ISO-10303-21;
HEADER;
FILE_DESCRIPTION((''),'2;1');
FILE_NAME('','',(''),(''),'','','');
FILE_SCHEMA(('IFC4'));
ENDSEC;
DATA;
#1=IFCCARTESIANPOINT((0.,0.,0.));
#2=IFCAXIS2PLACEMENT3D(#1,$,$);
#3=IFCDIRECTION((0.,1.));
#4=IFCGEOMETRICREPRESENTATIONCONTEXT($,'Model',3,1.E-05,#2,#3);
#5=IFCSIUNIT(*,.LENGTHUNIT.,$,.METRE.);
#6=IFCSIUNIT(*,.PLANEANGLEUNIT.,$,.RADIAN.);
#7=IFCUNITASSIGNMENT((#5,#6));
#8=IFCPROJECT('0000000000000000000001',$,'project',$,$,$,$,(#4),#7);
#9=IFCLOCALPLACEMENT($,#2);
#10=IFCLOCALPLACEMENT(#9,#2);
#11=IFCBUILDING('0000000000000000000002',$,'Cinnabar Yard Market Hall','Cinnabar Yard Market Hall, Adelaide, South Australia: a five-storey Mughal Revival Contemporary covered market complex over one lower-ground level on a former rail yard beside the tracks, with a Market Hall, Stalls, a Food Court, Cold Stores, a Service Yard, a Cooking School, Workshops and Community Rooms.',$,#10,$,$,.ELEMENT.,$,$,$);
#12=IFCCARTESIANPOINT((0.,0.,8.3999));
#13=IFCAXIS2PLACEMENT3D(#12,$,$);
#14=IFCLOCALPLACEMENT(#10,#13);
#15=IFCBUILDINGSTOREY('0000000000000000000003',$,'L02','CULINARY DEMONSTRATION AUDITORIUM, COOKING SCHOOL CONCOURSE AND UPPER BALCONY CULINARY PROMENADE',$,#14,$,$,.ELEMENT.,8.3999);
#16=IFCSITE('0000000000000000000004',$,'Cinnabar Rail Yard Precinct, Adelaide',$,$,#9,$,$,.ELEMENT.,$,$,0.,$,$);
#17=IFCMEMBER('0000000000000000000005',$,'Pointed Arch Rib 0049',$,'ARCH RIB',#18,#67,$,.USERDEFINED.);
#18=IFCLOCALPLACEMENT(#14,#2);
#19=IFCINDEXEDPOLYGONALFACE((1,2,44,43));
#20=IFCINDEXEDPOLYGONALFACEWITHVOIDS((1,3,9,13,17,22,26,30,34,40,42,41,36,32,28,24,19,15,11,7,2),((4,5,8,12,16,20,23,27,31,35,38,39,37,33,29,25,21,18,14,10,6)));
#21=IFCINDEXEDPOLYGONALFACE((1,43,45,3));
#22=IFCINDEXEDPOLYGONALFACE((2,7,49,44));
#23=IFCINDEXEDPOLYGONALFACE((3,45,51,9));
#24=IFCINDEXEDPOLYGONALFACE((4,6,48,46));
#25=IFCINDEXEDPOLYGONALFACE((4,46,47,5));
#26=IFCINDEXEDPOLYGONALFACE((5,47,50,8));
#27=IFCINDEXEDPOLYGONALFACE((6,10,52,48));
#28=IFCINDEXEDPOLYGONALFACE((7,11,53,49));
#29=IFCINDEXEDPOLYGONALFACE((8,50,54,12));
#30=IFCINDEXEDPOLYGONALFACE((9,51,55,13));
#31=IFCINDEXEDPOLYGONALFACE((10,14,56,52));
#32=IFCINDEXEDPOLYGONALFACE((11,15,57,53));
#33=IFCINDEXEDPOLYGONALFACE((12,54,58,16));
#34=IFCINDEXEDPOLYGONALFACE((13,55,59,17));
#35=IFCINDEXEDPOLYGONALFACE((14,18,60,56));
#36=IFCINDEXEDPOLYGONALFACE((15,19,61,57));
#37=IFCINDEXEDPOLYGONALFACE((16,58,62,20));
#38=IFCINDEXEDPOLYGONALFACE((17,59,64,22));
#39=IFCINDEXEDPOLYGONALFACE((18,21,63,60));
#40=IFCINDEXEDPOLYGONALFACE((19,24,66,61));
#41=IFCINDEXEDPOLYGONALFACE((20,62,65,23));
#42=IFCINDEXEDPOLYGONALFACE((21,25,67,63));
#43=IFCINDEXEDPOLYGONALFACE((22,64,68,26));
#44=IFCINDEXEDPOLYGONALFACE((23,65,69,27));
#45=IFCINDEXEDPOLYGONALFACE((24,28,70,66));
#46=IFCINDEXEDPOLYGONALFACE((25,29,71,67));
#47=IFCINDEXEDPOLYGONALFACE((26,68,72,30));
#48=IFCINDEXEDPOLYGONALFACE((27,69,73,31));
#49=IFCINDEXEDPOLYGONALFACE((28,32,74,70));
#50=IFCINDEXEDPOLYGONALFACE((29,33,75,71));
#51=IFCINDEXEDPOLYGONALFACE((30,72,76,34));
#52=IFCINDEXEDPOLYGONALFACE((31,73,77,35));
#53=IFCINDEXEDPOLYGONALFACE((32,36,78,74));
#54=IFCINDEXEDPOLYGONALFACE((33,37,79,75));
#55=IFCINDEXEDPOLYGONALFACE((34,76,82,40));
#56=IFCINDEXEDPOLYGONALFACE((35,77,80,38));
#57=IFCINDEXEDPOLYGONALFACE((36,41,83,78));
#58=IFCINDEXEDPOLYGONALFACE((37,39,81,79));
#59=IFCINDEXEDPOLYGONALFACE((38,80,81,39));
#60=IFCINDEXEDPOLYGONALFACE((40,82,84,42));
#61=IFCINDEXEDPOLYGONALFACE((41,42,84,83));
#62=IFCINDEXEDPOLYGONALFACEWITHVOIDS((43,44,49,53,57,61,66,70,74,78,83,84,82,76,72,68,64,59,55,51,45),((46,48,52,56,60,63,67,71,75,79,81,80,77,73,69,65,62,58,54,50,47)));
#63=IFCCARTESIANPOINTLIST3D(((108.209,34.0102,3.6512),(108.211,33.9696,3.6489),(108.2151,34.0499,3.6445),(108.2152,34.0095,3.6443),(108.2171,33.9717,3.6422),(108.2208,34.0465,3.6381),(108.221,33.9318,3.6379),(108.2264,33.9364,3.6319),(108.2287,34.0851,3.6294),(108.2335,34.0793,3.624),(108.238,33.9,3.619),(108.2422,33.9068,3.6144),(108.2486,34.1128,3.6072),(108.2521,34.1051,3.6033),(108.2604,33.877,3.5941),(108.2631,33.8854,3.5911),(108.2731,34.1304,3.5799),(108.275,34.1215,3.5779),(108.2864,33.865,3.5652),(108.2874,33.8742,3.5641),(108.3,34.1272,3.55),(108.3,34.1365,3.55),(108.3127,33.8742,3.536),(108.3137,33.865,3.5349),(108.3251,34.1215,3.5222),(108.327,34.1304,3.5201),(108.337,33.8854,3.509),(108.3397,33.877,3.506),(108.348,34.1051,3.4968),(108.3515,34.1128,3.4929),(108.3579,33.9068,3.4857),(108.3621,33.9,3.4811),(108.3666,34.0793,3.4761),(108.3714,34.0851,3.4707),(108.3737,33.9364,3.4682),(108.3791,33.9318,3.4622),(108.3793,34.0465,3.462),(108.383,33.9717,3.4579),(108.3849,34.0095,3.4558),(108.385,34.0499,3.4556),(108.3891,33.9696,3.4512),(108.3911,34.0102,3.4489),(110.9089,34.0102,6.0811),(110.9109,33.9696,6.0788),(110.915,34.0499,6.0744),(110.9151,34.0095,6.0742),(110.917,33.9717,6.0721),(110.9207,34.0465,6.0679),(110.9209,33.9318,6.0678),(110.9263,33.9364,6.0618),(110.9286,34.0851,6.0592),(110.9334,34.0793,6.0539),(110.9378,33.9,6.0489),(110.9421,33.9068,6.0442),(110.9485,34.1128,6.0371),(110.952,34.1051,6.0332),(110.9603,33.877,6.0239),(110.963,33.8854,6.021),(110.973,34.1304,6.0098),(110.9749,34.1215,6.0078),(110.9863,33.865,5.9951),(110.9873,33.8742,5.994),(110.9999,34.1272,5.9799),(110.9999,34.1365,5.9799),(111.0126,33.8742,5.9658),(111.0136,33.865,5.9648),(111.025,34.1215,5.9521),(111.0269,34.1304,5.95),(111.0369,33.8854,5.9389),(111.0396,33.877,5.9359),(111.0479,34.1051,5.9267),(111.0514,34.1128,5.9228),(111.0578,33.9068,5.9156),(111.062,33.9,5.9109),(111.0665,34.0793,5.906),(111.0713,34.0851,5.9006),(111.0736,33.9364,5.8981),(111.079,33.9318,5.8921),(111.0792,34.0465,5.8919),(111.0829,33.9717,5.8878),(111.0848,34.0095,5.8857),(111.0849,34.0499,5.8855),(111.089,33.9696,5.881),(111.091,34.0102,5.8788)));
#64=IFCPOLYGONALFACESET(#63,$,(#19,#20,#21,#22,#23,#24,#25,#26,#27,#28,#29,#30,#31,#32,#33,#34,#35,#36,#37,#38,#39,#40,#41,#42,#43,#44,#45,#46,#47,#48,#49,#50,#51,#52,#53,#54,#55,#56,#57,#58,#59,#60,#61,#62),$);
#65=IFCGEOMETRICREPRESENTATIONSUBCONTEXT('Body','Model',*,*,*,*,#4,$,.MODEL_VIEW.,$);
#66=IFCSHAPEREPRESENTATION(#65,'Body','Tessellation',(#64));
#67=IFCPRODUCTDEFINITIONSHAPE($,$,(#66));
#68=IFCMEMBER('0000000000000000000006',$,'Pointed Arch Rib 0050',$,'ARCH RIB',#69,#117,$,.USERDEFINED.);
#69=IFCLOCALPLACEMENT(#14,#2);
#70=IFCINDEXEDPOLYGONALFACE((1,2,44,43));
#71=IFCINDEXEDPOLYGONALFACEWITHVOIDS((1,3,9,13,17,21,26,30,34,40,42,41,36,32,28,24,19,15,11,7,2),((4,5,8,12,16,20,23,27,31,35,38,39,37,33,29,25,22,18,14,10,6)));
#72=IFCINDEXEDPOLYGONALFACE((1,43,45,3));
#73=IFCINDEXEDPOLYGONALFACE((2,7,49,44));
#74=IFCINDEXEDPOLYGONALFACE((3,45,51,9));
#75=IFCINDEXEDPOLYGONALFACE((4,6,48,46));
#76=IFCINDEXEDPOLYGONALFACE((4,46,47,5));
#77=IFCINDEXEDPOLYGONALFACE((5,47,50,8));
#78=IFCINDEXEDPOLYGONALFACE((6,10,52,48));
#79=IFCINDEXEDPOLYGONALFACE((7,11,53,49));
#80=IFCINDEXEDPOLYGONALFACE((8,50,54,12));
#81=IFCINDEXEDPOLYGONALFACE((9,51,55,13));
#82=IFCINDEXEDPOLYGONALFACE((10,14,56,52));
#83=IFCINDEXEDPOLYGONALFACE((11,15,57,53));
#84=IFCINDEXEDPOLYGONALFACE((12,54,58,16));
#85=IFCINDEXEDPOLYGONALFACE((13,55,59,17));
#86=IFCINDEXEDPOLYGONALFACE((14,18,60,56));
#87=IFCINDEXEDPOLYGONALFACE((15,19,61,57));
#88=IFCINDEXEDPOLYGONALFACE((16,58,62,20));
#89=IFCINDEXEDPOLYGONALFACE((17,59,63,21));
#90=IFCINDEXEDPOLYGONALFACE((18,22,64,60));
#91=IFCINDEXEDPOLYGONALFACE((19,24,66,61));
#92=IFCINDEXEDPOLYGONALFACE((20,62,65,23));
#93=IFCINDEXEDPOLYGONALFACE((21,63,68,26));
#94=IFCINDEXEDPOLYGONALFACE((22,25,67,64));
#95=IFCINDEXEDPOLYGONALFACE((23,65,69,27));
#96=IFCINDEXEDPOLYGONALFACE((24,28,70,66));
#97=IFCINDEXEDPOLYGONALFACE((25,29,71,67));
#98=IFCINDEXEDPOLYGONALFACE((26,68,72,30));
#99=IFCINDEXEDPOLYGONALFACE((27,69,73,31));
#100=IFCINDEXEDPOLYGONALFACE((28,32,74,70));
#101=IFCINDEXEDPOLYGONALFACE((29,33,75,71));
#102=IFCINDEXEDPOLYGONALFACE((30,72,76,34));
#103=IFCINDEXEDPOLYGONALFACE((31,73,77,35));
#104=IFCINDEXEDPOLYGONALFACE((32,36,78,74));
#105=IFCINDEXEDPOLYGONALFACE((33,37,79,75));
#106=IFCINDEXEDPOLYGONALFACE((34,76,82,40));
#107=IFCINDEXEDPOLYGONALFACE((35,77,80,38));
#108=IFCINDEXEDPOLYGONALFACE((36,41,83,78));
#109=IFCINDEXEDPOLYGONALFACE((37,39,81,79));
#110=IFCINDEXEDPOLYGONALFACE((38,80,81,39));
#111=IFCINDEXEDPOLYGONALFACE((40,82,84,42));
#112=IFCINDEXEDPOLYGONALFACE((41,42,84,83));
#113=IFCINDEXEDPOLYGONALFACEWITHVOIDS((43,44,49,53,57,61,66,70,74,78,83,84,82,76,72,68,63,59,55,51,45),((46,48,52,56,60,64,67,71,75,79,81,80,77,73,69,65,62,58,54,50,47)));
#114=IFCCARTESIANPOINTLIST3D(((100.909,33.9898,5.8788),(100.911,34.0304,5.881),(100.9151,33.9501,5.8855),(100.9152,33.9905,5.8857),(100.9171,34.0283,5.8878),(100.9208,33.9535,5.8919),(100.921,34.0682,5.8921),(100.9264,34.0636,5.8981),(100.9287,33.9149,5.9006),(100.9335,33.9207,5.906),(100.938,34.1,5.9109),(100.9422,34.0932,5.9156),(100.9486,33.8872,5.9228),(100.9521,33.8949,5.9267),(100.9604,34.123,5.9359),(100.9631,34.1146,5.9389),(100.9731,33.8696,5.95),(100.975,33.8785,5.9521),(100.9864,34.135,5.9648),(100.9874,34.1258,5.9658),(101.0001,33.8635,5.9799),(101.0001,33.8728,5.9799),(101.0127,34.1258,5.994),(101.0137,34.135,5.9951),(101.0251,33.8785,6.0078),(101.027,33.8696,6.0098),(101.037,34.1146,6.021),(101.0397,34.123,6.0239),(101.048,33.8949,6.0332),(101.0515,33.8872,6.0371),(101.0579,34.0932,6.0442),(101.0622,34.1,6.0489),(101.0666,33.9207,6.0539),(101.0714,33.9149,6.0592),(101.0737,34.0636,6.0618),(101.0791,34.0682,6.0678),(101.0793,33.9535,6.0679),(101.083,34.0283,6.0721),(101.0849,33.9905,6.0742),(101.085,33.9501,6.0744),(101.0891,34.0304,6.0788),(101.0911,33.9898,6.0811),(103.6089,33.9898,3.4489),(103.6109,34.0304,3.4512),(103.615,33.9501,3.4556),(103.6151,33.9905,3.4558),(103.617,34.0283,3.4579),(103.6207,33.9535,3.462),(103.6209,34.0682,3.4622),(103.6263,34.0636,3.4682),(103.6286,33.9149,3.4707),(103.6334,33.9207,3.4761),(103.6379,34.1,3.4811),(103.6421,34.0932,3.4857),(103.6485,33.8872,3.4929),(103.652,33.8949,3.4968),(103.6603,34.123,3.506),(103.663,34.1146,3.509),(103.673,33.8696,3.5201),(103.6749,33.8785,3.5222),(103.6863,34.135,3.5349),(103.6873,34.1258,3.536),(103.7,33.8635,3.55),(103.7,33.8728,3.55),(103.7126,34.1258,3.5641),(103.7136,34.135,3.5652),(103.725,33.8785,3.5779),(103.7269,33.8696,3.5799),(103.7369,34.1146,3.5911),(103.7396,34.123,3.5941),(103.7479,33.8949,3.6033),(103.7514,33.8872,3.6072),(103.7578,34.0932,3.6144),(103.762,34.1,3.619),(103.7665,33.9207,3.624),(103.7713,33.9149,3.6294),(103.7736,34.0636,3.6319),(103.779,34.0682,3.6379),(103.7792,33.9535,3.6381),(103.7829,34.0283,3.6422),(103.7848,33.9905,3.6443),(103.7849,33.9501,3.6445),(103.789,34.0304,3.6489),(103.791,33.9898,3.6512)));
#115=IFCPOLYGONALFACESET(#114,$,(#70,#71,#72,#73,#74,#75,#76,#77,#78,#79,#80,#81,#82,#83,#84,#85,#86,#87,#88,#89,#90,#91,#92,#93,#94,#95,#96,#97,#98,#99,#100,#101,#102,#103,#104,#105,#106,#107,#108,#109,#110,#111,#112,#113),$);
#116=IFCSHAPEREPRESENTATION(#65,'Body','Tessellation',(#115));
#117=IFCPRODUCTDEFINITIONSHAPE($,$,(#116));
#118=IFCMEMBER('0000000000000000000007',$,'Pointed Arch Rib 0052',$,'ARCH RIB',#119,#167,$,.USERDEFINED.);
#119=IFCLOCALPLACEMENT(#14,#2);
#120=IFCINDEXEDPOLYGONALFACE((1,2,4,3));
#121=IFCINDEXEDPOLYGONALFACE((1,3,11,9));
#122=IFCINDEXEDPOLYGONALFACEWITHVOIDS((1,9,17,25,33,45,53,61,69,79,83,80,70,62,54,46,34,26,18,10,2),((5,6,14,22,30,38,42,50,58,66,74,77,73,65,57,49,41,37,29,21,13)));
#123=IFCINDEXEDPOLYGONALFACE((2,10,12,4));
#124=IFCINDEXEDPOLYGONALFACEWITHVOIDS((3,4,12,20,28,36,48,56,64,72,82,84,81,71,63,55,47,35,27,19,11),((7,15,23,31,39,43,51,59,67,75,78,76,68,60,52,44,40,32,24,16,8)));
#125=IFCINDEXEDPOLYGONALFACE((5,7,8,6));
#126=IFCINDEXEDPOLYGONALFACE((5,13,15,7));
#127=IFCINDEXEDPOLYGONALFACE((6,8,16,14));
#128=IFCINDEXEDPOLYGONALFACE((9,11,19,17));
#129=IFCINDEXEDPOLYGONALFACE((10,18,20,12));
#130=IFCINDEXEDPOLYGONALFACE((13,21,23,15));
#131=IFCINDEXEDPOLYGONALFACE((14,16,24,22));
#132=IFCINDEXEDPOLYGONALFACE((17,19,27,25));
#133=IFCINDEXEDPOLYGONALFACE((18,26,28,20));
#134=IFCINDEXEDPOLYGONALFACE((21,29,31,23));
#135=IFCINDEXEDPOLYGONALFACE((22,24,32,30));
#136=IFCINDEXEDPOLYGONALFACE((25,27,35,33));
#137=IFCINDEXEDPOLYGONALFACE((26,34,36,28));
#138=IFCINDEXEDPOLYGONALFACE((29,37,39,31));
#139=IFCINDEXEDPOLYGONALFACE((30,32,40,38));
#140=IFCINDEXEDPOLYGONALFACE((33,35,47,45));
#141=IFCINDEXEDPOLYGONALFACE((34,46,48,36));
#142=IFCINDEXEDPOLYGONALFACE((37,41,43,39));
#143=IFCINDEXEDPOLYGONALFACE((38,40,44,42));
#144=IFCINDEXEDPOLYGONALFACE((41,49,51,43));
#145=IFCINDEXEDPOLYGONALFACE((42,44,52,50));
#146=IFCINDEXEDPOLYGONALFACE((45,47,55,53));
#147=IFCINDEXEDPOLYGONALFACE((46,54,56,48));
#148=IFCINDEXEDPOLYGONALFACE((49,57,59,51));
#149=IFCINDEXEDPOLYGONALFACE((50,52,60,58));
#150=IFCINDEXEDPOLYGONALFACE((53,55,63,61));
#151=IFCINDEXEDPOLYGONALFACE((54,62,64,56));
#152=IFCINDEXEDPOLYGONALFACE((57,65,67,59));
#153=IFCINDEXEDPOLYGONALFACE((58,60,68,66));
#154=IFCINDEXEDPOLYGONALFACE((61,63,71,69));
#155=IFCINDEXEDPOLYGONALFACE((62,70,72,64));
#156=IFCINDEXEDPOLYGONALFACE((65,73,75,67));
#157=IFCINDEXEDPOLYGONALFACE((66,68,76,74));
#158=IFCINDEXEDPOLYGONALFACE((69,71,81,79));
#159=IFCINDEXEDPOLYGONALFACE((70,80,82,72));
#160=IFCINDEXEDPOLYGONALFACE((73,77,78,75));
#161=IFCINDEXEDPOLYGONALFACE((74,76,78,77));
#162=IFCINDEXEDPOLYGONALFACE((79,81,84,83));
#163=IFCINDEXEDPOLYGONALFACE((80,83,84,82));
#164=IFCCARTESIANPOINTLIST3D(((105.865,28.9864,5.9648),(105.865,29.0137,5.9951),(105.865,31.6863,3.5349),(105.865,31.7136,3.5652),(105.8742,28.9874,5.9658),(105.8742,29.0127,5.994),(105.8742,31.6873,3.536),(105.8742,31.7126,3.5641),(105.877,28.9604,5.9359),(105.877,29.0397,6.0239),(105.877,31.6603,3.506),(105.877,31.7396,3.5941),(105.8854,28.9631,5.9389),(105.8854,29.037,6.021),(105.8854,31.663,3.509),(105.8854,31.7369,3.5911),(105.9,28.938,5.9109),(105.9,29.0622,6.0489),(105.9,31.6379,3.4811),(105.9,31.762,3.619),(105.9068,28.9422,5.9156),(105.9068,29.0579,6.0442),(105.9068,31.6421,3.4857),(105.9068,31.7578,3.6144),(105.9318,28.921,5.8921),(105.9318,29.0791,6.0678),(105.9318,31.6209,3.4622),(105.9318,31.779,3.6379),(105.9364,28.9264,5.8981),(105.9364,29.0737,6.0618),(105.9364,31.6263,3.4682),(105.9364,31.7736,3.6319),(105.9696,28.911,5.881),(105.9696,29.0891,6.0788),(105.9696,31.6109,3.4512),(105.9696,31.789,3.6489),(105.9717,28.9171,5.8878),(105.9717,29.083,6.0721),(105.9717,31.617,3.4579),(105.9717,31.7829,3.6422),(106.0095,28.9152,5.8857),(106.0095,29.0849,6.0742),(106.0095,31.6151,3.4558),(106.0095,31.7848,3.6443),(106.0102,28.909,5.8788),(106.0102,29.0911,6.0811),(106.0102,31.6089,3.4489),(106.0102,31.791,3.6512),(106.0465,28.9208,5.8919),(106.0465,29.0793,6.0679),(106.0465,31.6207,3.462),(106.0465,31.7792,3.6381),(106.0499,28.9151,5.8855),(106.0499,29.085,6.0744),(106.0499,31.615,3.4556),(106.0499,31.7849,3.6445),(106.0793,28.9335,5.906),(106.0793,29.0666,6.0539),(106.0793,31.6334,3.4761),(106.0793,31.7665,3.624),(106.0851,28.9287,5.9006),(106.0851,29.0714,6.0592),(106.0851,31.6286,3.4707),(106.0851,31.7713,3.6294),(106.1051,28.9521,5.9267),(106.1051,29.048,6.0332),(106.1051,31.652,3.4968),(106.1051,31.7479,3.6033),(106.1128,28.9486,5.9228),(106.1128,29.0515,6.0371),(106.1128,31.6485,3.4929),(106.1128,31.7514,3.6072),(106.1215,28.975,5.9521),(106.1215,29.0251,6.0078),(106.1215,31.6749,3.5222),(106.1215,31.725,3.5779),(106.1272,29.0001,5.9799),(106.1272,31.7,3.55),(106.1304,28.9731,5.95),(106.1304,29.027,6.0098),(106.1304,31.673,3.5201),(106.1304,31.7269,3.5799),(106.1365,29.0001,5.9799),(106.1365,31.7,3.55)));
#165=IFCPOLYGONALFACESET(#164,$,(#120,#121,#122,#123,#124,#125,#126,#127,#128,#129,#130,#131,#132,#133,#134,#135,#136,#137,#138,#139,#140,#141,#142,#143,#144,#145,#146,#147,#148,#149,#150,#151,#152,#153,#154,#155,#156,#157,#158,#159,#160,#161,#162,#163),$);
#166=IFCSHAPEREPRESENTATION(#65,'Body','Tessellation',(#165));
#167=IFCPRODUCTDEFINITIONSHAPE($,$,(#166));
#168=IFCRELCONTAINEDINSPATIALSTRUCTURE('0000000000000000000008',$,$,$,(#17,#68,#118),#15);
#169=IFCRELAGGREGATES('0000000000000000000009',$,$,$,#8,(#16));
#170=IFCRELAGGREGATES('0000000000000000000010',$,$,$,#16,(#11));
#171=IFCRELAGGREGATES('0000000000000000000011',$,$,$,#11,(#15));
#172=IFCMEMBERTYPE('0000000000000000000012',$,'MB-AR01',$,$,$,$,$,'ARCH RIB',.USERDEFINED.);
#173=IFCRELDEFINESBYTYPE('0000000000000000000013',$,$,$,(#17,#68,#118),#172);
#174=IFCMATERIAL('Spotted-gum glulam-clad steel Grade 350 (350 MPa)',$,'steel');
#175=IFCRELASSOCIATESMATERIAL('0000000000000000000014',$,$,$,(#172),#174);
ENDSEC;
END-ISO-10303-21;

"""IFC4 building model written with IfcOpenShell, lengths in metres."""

from ifc_helpers import new_model, si_unit, direction, frame, origin, origin_2d_with_axis, place, context, subcontext, project, spatial, hollow_circle, extrude, material, material_profile, profile_set, type_object, element, save


model = new_model("IFC4")

# Units and contexts
model_context = context("Model", 3, precision=1e-05, world=origin(), true_north=direction((0.0, 1.0)))
body_context = subcontext(model_context, "Body", "Model", "MODEL_VIEW")
ifc_project = project(units=[si_unit("LENGTHUNIT", "METRE"), si_unit("PLANEANGLEUNIT", "RADIAN")], contexts=[model_context])

# Site, building, storey
site_placement = place(None, origin())
site = spatial("IfcSite", under=ifc_project, at=site_placement, Name="Cinnabar Rail Yard Precinct, Adelaide", CompositionType="ELEMENT", RefElevation=0.0)
building_placement = place(site_placement, origin())
building = spatial("IfcBuilding", under=site, at=building_placement, Name="Cinnabar Yard Market Hall", Description="Cinnabar Yard Market Hall, Adelaide, South Australia: a five-storey Mughal Revival Contemporary covered market complex over one lower-ground level on a former rail yard beside the tracks, with a Market Hall, Stalls, a Food Court, Cold Stores, a Service Yard, a Cooking School, Workshops and Community Rooms.", CompositionType="ELEMENT")
storey_placement = place(building_placement, frame((0.0, 0.0, 8.3999)))
storey = spatial("IfcBuildingStorey", under=building, at=storey_placement, Name="L02", Description="CULINARY DEMONSTRATION AUDITORIUM, COOKING SCHOOL CONCOURSE AND UPPER BALCONY CULINARY PROMENADE", CompositionType="ELEMENT", Elevation=8.3999)

# Shared definitions
ifc_material_1 = material(Name="Spotted-gum glulam-clad steel Grade 350 (350 MPa)", Category="steel")

# Members
ifc_material_profile_1 = material_profile(ifc_material_1, hollow_circle(Radius=0.1365, WallThickness=0.0093, at=origin_2d_with_axis()), Name="273.1x9.3CHS")
ifc_profile_set_1 = profile_set([ifc_material_profile_1], Name="Spotted-gum glulam-clad steel Grade 350 (350 MPa)")
member_type_1 = type_object("IfcMemberType", Name="MB-AR01", ElementType="ARCH RIB", PredefinedType="USERDEFINED", material=ifc_profile_set_1)
for number, where, z_axis, x_axis, name in (
    (1, (108.3, 34.0, 3.55), (0.743297, 0.0, 0.668961), (0.0, 1.0, 0.0), "Pointed Arch Rib 0049"),
    (2, (103.7, 34.0, 3.55), (-0.743297, 0.0, 0.668961), (0.0, -1.0, 0.0), "Pointed Arch Rib 0050"),
    (3, (106.0, 31.7, 3.55), (0.0, -0.743297, 0.668961), (1.0, 0.0, 0.0), "Pointed Arch Rib 0052"),
):
    element("IfcMember", number, at=place(storey_placement, frame(where, z_axis=z_axis, x_axis=x_axis)), inside=storey, type_object=member_type_1, Name=name, ObjectType="ARCH RIB", PredefinedType="USERDEFINED", context=body_context, shape_type="SweptSolid", body=[
        extrude(hollow_circle(Radius=0.1365, WallThickness=0.0093, at=origin_2d_with_axis()), origin(), (0.0, 0.0, 1.0), 3.6323),
    ])

save(model, "model.ifc")
